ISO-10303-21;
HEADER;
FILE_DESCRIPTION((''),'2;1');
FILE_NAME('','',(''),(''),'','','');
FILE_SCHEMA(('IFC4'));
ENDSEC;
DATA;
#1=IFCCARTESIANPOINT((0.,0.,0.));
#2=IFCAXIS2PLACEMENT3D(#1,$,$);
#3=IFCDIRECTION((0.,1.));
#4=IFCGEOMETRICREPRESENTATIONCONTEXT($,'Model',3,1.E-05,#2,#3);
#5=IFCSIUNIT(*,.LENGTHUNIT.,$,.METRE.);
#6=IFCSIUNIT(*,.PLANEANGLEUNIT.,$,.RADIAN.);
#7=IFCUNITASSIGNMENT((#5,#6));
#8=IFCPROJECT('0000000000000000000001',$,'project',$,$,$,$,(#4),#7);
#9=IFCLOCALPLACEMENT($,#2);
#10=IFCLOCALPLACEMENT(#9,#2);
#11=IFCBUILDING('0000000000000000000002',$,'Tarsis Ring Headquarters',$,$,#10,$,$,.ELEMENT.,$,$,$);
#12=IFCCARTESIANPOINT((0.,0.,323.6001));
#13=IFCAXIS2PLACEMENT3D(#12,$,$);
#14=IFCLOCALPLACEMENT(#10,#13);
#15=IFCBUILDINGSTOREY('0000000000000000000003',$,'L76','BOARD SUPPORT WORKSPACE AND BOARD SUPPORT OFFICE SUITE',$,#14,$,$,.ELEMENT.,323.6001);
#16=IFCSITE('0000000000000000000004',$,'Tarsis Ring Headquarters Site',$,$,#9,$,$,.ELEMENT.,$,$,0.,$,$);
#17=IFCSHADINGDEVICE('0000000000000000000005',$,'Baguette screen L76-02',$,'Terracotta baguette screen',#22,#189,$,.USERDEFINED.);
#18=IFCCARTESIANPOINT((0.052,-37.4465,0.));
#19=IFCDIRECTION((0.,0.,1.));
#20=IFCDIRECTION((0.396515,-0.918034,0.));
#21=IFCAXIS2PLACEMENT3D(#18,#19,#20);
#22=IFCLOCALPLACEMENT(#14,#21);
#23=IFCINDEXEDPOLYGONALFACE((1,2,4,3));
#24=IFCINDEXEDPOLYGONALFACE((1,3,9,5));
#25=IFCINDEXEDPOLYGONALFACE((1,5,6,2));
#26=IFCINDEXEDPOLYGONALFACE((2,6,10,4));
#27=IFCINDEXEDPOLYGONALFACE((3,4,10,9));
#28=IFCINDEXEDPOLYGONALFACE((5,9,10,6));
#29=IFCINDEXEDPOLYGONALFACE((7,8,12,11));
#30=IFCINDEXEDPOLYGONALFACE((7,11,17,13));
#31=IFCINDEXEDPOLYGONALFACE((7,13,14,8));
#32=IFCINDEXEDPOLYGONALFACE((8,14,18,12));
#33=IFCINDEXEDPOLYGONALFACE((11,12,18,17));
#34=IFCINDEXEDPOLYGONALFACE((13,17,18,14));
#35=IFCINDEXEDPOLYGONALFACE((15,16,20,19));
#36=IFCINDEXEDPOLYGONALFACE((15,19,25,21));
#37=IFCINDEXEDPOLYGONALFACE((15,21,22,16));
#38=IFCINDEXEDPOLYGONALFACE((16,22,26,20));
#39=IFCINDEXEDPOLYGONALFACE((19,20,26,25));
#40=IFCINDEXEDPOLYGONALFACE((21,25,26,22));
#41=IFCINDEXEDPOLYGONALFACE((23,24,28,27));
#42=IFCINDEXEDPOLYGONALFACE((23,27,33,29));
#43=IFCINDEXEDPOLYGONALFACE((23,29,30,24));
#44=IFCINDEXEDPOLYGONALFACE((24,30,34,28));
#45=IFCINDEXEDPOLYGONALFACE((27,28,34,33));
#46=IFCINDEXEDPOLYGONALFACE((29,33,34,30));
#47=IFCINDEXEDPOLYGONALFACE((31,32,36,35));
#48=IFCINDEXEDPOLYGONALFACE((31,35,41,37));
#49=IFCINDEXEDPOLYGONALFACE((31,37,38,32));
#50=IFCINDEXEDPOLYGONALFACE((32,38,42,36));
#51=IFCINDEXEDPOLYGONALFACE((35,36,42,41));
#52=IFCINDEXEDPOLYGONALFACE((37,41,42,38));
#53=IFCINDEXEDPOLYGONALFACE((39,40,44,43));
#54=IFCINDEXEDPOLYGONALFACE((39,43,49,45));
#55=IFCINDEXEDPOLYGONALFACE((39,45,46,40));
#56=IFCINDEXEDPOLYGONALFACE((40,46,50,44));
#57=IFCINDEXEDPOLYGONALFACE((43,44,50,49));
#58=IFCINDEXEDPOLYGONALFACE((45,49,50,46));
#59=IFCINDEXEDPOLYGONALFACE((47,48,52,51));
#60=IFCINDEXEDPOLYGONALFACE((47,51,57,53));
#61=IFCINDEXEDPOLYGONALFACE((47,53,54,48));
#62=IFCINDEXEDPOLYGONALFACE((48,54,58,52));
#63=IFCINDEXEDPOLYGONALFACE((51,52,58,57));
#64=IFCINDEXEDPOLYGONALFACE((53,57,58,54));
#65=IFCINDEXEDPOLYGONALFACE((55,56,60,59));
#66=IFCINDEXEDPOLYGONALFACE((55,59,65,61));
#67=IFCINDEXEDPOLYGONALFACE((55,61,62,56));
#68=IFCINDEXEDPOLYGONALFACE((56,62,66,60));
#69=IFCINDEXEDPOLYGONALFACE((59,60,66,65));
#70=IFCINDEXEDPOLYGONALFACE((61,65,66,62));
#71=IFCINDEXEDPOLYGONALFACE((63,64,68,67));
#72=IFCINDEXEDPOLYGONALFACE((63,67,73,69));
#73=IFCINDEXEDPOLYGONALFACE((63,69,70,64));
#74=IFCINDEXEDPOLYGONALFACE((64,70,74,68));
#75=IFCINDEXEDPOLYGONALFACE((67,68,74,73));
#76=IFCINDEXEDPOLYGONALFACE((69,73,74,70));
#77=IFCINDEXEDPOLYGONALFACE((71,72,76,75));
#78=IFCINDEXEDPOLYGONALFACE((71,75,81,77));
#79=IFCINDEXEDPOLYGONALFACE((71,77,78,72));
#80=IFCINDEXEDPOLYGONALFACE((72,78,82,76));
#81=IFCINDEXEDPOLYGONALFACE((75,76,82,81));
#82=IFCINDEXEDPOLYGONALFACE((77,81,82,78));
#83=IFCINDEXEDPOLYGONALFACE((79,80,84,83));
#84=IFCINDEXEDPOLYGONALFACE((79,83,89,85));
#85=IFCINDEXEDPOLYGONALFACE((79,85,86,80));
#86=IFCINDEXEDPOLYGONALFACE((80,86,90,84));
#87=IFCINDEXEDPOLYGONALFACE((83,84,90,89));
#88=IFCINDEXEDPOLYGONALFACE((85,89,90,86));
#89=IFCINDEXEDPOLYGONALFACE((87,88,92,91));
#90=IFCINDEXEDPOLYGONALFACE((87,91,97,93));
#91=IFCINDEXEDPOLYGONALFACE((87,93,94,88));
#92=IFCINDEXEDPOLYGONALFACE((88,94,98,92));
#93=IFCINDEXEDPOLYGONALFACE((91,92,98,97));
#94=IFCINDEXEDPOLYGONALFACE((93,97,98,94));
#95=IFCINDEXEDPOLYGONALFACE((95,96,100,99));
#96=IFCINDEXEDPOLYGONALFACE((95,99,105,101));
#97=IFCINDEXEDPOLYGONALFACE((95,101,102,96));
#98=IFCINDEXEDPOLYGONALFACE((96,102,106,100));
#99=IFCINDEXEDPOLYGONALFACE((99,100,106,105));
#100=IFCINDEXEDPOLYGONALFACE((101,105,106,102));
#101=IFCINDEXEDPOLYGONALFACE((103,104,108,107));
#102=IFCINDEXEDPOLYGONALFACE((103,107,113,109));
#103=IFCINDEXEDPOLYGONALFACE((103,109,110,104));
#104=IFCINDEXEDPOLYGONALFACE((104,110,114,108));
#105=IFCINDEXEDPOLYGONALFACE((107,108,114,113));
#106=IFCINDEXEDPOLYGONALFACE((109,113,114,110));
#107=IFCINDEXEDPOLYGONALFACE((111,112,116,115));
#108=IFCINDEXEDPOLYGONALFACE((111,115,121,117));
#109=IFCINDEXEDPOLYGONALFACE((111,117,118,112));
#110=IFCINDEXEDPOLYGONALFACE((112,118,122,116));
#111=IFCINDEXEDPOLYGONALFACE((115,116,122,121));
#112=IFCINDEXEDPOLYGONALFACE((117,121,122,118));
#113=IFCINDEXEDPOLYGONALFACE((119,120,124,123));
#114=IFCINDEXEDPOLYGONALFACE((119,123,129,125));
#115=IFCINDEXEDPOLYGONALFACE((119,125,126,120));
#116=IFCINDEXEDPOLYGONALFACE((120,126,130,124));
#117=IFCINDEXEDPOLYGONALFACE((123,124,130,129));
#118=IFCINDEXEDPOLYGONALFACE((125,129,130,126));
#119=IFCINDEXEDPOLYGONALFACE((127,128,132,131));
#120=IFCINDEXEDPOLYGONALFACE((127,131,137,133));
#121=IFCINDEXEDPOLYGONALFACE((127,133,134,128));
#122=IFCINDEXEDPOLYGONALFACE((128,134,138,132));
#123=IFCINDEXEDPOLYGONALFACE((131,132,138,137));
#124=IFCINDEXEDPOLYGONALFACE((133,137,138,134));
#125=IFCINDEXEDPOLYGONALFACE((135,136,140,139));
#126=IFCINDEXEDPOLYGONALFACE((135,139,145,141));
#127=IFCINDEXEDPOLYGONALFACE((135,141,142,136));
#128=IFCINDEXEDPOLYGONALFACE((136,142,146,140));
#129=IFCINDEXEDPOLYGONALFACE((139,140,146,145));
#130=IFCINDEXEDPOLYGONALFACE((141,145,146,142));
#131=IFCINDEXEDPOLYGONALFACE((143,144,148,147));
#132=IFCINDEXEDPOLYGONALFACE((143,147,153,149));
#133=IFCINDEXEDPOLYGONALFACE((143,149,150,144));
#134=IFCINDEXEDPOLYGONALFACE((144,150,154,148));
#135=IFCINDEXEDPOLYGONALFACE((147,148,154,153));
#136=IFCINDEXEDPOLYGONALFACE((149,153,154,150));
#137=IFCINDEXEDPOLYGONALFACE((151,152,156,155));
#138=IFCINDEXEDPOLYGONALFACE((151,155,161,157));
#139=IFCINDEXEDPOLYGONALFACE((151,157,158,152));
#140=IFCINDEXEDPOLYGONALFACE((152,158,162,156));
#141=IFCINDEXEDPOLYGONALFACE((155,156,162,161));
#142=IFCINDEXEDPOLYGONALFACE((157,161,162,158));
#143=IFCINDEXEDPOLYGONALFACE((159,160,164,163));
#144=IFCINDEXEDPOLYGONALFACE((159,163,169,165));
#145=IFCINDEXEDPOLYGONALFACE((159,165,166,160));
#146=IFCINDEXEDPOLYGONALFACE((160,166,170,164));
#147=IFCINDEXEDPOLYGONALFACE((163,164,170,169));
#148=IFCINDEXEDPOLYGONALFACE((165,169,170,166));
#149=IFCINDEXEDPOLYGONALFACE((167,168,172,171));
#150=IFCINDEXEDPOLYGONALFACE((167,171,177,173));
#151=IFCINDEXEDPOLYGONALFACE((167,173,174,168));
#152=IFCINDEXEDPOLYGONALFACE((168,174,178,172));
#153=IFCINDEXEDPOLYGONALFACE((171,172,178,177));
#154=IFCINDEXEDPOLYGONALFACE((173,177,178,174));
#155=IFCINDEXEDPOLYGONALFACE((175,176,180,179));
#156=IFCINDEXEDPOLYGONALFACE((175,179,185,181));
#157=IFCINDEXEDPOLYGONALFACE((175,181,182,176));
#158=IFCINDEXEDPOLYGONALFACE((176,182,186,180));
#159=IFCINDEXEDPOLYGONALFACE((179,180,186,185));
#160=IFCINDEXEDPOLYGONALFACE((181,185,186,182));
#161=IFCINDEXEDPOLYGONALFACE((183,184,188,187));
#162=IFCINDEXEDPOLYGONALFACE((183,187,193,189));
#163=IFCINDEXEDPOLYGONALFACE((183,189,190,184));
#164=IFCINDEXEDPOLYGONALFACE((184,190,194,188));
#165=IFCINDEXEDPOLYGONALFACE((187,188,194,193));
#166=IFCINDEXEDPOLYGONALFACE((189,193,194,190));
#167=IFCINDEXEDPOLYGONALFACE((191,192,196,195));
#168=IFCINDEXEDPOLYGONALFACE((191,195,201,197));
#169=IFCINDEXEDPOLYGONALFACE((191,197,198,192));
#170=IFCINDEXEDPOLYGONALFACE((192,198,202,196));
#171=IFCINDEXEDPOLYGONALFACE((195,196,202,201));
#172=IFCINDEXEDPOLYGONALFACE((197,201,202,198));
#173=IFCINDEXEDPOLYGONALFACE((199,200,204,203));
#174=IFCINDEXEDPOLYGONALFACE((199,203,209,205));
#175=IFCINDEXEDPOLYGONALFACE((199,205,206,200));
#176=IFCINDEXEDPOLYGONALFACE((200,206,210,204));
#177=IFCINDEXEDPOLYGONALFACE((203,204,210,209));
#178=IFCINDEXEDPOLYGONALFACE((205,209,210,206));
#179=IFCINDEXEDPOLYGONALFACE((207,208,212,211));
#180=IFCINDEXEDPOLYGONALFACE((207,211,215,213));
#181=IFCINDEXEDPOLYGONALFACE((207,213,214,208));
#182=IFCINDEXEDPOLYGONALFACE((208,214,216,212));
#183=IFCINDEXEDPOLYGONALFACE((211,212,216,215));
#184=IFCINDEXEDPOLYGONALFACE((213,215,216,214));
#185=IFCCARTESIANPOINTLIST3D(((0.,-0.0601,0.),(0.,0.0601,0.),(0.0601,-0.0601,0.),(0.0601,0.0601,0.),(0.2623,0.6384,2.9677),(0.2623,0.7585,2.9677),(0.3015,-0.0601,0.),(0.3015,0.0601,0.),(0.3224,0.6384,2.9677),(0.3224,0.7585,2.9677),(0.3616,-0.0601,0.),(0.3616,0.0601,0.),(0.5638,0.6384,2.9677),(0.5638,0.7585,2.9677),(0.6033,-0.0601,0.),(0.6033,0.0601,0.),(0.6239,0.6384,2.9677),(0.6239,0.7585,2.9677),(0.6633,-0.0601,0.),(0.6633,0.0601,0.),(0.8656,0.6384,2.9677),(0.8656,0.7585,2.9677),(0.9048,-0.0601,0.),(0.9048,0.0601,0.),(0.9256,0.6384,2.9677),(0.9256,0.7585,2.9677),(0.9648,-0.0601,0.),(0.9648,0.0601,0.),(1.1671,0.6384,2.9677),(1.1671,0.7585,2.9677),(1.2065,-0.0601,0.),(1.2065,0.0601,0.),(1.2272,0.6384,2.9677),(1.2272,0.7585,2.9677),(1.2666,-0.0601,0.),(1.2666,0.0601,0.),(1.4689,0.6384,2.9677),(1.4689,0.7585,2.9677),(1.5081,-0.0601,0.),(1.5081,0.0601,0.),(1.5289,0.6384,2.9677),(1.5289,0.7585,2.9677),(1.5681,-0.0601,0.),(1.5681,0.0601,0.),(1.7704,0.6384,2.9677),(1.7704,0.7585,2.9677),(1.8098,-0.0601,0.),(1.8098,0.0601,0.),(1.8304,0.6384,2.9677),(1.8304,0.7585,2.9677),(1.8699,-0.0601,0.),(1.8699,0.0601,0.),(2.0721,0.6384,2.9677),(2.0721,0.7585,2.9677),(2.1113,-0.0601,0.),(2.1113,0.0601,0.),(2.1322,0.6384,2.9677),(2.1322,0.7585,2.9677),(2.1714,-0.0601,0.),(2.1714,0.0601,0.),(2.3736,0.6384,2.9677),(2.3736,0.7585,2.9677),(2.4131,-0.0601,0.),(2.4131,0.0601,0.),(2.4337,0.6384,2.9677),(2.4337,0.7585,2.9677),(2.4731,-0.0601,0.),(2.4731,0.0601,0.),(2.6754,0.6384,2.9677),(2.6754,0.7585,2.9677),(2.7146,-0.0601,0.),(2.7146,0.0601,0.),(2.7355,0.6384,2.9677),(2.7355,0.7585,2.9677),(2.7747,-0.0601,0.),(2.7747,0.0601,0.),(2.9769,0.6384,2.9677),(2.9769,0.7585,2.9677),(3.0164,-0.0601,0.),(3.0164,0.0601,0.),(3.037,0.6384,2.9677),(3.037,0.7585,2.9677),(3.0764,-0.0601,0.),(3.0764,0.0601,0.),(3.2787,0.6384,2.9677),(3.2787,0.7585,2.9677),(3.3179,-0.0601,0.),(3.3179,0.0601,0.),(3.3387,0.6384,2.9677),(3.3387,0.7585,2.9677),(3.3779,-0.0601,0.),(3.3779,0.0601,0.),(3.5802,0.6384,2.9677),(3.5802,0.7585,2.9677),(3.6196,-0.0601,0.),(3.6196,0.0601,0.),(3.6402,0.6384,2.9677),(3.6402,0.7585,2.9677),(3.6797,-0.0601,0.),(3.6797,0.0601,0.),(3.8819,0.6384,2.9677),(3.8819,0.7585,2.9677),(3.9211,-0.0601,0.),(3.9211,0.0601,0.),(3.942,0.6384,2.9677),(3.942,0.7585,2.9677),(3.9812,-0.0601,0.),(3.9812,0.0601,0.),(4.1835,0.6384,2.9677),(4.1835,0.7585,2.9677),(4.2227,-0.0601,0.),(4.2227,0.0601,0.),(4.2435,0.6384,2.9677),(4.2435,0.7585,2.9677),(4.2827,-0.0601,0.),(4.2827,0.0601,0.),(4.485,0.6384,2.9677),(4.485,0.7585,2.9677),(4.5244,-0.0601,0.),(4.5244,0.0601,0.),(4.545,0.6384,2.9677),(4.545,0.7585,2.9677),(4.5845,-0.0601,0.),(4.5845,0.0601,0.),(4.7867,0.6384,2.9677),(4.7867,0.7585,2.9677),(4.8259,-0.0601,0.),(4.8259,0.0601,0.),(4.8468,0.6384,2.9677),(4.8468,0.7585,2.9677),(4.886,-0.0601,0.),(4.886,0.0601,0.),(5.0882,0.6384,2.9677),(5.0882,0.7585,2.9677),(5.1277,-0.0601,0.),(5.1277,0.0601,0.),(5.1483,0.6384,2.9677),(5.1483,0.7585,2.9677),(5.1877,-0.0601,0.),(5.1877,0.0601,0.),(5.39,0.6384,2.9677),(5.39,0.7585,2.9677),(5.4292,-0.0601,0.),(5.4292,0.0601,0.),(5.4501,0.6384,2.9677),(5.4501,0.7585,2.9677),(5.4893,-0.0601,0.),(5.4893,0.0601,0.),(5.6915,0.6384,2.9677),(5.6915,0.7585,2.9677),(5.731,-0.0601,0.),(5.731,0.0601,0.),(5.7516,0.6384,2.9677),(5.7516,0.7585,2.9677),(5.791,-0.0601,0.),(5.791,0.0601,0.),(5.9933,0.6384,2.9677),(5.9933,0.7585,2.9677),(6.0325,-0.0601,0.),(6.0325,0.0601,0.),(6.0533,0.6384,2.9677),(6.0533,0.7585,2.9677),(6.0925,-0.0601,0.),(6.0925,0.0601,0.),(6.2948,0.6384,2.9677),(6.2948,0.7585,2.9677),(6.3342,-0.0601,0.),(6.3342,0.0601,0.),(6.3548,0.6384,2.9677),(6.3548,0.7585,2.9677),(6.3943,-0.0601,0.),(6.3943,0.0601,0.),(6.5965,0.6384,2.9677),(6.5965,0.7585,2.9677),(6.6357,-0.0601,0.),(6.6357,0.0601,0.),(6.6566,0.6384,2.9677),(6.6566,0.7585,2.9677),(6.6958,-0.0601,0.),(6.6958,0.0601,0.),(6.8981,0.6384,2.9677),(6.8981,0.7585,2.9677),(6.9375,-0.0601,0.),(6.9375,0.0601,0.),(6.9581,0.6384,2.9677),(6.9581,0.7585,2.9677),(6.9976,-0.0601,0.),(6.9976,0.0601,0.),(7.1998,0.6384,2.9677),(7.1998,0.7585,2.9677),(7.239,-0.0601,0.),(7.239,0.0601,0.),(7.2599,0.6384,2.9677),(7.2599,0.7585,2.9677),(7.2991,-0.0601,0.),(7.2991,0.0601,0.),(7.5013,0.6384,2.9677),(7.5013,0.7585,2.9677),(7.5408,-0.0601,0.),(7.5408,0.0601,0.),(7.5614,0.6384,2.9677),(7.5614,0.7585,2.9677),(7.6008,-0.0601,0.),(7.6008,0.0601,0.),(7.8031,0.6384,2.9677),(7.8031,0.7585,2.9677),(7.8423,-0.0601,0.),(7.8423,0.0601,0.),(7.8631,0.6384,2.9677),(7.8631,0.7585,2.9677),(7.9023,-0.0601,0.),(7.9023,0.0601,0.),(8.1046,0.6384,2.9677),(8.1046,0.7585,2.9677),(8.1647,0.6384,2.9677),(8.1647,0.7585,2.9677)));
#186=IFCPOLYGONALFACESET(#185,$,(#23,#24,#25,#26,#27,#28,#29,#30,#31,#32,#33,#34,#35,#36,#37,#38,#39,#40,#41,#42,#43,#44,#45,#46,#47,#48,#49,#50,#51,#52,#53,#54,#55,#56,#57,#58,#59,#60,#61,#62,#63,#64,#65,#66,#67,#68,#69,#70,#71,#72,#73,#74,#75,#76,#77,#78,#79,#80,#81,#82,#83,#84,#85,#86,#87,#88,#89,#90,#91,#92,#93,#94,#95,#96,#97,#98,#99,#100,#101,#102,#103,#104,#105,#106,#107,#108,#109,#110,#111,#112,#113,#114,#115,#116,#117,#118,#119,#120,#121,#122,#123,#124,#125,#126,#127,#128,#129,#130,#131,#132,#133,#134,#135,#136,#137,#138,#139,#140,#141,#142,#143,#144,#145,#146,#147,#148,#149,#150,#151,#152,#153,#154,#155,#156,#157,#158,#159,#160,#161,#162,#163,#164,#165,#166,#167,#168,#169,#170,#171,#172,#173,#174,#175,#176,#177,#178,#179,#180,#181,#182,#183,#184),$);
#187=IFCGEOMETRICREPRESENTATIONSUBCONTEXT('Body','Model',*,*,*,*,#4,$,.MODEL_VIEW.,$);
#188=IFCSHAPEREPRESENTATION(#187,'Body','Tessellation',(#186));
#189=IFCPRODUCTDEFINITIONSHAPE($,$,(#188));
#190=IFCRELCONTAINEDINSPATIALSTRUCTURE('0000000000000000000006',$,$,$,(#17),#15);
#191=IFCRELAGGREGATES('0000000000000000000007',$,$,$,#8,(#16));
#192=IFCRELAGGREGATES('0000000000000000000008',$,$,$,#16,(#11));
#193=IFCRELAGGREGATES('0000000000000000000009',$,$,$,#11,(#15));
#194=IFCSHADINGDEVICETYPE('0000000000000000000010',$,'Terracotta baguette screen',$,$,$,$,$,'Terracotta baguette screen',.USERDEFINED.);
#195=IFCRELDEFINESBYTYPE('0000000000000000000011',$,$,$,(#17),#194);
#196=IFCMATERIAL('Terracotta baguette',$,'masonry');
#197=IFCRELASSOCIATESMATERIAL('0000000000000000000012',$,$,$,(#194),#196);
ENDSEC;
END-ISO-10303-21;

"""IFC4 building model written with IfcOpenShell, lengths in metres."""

from ifc_helpers import new_model, si_unit, direction, frame, frame_2d, origin, place, context, subcontext, project, spatial, rectangle, composite_profile, extrude, material, type_object, element, save


model = new_model("IFC4")

# Units and contexts
model_context = context("Model", 3, precision=1e-05, world=origin(), true_north=direction((0.0, 1.0)))
body_context = subcontext(model_context, "Body", "Model", "MODEL_VIEW")
ifc_project = project(units=[si_unit("LENGTHUNIT", "METRE"), si_unit("PLANEANGLEUNIT", "RADIAN")], contexts=[model_context])

# Site, building, storey
site_placement = place(None, origin())
site = spatial("IfcSite", under=ifc_project, at=site_placement, Name="Tarsis Ring Headquarters Site", CompositionType="ELEMENT", RefElevation=0.0)
building_placement = place(site_placement, origin())
building = spatial("IfcBuilding", under=site, at=building_placement, Name="Tarsis Ring Headquarters", CompositionType="ELEMENT")
storey_placement = place(building_placement, frame((0.0, 0.0, 323.6001)))
storey = spatial("IfcBuildingStorey", under=building, at=storey_placement, Name="L76", Description="BOARD SUPPORT WORKSPACE AND BOARD SUPPORT OFFICE SUITE", CompositionType="ELEMENT", Elevation=323.6001)

# Shading device
ifc_material_1 = material(Name="Terracotta baguette", Category="masonry")
shading_device_type_1 = type_object("IfcShadingDeviceType", Name="Terracotta baguette screen", ElementType="Terracotta baguette screen", PredefinedType="USERDEFINED", material=ifc_material_1)
shading_device_1_placement = place(storey_placement, frame((0.052, -37.4465, 0.0), z_axis=(0.0, 0.0, 1.0), x_axis=(0.396515, -0.918034, 0.0)))
element("IfcShadingDevice", 1, at=shading_device_1_placement, inside=storey, type_object=shading_device_type_1, Name="Baguette screen L76-02", ObjectType="Terracotta baguette screen", PredefinedType="USERDEFINED", context=body_context, shape_type="SweptSolid", body=[
    extrude(composite_profile([rectangle(XDim=0.0601, YDim=0.1201, at=frame_2d((0.03, 0.0))), rectangle(XDim=0.0601, YDim=0.1201, at=frame_2d((0.3315, 0.0))), rectangle(XDim=0.0601, YDim=0.1201, at=frame_2d((0.6333, 0.0))), rectangle(XDim=0.0601, YDim=0.1201, at=frame_2d((0.9348, 0.0))), rectangle(XDim=0.0601, YDim=0.1201, at=frame_2d((1.2366, 0.0))), rectangle(XDim=0.0601, YDim=0.1201, at=frame_2d((1.5381, 0.0))), rectangle(XDim=0.0601, YDim=0.1201, at=frame_2d((1.8398, 0.0))), rectangle(XDim=0.0601, YDim=0.1201, at=frame_2d((2.1414, 0.0))), rectangle(XDim=0.0601, YDim=0.1201, at=frame_2d((2.4431, 0.0))), rectangle(XDim=0.0601, YDim=0.1201, at=frame_2d((2.7446, 0.0))), rectangle(XDim=0.0601, YDim=0.1201, at=frame_2d((3.0464, 0.0))), rectangle(XDim=0.0601, YDim=0.1201, at=frame_2d((3.3479, 0.0))), rectangle(XDim=0.0601, YDim=0.1201, at=frame_2d((3.6497, 0.0))), rectangle(XDim=0.0601, YDim=0.1201, at=frame_2d((3.9512, 0.0))), rectangle(XDim=0.0601, YDim=0.1201, at=frame_2d((4.2527, 0.0))), rectangle(XDim=0.0601, YDim=0.1201, at=frame_2d((4.5544, 0.0))), rectangle(XDim=0.0601, YDim=0.1201, at=frame_2d((4.856, 0.0))), rectangle(XDim=0.0601, YDim=0.1201, at=frame_2d((5.1577, 0.0))), rectangle(XDim=0.0601, YDim=0.1201, at=frame_2d((5.4592, 0.0))), rectangle(XDim=0.0601, YDim=0.1201, at=frame_2d((5.761, 0.0))), rectangle(XDim=0.0601, YDim=0.1201, at=frame_2d((6.0625, 0.0))), rectangle(XDim=0.0601, YDim=0.1201, at=frame_2d((6.3643, 0.0))), rectangle(XDim=0.0601, YDim=0.1201, at=frame_2d((6.6658, 0.0))), rectangle(XDim=0.0601, YDim=0.1201, at=frame_2d((6.9675, 0.0))), rectangle(XDim=0.0601, YDim=0.1201, at=frame_2d((7.269, 0.0))), rectangle(XDim=0.0601, YDim=0.1201, at=frame_2d((7.5708, 0.0))), rectangle(XDim=0.0601, YDim=0.1201, at=frame_2d((7.8723, 0.0)))]), origin(), (0.08572, 0.228255, 0.969821), 3.0601),
])

save(model, "model.ifc")
